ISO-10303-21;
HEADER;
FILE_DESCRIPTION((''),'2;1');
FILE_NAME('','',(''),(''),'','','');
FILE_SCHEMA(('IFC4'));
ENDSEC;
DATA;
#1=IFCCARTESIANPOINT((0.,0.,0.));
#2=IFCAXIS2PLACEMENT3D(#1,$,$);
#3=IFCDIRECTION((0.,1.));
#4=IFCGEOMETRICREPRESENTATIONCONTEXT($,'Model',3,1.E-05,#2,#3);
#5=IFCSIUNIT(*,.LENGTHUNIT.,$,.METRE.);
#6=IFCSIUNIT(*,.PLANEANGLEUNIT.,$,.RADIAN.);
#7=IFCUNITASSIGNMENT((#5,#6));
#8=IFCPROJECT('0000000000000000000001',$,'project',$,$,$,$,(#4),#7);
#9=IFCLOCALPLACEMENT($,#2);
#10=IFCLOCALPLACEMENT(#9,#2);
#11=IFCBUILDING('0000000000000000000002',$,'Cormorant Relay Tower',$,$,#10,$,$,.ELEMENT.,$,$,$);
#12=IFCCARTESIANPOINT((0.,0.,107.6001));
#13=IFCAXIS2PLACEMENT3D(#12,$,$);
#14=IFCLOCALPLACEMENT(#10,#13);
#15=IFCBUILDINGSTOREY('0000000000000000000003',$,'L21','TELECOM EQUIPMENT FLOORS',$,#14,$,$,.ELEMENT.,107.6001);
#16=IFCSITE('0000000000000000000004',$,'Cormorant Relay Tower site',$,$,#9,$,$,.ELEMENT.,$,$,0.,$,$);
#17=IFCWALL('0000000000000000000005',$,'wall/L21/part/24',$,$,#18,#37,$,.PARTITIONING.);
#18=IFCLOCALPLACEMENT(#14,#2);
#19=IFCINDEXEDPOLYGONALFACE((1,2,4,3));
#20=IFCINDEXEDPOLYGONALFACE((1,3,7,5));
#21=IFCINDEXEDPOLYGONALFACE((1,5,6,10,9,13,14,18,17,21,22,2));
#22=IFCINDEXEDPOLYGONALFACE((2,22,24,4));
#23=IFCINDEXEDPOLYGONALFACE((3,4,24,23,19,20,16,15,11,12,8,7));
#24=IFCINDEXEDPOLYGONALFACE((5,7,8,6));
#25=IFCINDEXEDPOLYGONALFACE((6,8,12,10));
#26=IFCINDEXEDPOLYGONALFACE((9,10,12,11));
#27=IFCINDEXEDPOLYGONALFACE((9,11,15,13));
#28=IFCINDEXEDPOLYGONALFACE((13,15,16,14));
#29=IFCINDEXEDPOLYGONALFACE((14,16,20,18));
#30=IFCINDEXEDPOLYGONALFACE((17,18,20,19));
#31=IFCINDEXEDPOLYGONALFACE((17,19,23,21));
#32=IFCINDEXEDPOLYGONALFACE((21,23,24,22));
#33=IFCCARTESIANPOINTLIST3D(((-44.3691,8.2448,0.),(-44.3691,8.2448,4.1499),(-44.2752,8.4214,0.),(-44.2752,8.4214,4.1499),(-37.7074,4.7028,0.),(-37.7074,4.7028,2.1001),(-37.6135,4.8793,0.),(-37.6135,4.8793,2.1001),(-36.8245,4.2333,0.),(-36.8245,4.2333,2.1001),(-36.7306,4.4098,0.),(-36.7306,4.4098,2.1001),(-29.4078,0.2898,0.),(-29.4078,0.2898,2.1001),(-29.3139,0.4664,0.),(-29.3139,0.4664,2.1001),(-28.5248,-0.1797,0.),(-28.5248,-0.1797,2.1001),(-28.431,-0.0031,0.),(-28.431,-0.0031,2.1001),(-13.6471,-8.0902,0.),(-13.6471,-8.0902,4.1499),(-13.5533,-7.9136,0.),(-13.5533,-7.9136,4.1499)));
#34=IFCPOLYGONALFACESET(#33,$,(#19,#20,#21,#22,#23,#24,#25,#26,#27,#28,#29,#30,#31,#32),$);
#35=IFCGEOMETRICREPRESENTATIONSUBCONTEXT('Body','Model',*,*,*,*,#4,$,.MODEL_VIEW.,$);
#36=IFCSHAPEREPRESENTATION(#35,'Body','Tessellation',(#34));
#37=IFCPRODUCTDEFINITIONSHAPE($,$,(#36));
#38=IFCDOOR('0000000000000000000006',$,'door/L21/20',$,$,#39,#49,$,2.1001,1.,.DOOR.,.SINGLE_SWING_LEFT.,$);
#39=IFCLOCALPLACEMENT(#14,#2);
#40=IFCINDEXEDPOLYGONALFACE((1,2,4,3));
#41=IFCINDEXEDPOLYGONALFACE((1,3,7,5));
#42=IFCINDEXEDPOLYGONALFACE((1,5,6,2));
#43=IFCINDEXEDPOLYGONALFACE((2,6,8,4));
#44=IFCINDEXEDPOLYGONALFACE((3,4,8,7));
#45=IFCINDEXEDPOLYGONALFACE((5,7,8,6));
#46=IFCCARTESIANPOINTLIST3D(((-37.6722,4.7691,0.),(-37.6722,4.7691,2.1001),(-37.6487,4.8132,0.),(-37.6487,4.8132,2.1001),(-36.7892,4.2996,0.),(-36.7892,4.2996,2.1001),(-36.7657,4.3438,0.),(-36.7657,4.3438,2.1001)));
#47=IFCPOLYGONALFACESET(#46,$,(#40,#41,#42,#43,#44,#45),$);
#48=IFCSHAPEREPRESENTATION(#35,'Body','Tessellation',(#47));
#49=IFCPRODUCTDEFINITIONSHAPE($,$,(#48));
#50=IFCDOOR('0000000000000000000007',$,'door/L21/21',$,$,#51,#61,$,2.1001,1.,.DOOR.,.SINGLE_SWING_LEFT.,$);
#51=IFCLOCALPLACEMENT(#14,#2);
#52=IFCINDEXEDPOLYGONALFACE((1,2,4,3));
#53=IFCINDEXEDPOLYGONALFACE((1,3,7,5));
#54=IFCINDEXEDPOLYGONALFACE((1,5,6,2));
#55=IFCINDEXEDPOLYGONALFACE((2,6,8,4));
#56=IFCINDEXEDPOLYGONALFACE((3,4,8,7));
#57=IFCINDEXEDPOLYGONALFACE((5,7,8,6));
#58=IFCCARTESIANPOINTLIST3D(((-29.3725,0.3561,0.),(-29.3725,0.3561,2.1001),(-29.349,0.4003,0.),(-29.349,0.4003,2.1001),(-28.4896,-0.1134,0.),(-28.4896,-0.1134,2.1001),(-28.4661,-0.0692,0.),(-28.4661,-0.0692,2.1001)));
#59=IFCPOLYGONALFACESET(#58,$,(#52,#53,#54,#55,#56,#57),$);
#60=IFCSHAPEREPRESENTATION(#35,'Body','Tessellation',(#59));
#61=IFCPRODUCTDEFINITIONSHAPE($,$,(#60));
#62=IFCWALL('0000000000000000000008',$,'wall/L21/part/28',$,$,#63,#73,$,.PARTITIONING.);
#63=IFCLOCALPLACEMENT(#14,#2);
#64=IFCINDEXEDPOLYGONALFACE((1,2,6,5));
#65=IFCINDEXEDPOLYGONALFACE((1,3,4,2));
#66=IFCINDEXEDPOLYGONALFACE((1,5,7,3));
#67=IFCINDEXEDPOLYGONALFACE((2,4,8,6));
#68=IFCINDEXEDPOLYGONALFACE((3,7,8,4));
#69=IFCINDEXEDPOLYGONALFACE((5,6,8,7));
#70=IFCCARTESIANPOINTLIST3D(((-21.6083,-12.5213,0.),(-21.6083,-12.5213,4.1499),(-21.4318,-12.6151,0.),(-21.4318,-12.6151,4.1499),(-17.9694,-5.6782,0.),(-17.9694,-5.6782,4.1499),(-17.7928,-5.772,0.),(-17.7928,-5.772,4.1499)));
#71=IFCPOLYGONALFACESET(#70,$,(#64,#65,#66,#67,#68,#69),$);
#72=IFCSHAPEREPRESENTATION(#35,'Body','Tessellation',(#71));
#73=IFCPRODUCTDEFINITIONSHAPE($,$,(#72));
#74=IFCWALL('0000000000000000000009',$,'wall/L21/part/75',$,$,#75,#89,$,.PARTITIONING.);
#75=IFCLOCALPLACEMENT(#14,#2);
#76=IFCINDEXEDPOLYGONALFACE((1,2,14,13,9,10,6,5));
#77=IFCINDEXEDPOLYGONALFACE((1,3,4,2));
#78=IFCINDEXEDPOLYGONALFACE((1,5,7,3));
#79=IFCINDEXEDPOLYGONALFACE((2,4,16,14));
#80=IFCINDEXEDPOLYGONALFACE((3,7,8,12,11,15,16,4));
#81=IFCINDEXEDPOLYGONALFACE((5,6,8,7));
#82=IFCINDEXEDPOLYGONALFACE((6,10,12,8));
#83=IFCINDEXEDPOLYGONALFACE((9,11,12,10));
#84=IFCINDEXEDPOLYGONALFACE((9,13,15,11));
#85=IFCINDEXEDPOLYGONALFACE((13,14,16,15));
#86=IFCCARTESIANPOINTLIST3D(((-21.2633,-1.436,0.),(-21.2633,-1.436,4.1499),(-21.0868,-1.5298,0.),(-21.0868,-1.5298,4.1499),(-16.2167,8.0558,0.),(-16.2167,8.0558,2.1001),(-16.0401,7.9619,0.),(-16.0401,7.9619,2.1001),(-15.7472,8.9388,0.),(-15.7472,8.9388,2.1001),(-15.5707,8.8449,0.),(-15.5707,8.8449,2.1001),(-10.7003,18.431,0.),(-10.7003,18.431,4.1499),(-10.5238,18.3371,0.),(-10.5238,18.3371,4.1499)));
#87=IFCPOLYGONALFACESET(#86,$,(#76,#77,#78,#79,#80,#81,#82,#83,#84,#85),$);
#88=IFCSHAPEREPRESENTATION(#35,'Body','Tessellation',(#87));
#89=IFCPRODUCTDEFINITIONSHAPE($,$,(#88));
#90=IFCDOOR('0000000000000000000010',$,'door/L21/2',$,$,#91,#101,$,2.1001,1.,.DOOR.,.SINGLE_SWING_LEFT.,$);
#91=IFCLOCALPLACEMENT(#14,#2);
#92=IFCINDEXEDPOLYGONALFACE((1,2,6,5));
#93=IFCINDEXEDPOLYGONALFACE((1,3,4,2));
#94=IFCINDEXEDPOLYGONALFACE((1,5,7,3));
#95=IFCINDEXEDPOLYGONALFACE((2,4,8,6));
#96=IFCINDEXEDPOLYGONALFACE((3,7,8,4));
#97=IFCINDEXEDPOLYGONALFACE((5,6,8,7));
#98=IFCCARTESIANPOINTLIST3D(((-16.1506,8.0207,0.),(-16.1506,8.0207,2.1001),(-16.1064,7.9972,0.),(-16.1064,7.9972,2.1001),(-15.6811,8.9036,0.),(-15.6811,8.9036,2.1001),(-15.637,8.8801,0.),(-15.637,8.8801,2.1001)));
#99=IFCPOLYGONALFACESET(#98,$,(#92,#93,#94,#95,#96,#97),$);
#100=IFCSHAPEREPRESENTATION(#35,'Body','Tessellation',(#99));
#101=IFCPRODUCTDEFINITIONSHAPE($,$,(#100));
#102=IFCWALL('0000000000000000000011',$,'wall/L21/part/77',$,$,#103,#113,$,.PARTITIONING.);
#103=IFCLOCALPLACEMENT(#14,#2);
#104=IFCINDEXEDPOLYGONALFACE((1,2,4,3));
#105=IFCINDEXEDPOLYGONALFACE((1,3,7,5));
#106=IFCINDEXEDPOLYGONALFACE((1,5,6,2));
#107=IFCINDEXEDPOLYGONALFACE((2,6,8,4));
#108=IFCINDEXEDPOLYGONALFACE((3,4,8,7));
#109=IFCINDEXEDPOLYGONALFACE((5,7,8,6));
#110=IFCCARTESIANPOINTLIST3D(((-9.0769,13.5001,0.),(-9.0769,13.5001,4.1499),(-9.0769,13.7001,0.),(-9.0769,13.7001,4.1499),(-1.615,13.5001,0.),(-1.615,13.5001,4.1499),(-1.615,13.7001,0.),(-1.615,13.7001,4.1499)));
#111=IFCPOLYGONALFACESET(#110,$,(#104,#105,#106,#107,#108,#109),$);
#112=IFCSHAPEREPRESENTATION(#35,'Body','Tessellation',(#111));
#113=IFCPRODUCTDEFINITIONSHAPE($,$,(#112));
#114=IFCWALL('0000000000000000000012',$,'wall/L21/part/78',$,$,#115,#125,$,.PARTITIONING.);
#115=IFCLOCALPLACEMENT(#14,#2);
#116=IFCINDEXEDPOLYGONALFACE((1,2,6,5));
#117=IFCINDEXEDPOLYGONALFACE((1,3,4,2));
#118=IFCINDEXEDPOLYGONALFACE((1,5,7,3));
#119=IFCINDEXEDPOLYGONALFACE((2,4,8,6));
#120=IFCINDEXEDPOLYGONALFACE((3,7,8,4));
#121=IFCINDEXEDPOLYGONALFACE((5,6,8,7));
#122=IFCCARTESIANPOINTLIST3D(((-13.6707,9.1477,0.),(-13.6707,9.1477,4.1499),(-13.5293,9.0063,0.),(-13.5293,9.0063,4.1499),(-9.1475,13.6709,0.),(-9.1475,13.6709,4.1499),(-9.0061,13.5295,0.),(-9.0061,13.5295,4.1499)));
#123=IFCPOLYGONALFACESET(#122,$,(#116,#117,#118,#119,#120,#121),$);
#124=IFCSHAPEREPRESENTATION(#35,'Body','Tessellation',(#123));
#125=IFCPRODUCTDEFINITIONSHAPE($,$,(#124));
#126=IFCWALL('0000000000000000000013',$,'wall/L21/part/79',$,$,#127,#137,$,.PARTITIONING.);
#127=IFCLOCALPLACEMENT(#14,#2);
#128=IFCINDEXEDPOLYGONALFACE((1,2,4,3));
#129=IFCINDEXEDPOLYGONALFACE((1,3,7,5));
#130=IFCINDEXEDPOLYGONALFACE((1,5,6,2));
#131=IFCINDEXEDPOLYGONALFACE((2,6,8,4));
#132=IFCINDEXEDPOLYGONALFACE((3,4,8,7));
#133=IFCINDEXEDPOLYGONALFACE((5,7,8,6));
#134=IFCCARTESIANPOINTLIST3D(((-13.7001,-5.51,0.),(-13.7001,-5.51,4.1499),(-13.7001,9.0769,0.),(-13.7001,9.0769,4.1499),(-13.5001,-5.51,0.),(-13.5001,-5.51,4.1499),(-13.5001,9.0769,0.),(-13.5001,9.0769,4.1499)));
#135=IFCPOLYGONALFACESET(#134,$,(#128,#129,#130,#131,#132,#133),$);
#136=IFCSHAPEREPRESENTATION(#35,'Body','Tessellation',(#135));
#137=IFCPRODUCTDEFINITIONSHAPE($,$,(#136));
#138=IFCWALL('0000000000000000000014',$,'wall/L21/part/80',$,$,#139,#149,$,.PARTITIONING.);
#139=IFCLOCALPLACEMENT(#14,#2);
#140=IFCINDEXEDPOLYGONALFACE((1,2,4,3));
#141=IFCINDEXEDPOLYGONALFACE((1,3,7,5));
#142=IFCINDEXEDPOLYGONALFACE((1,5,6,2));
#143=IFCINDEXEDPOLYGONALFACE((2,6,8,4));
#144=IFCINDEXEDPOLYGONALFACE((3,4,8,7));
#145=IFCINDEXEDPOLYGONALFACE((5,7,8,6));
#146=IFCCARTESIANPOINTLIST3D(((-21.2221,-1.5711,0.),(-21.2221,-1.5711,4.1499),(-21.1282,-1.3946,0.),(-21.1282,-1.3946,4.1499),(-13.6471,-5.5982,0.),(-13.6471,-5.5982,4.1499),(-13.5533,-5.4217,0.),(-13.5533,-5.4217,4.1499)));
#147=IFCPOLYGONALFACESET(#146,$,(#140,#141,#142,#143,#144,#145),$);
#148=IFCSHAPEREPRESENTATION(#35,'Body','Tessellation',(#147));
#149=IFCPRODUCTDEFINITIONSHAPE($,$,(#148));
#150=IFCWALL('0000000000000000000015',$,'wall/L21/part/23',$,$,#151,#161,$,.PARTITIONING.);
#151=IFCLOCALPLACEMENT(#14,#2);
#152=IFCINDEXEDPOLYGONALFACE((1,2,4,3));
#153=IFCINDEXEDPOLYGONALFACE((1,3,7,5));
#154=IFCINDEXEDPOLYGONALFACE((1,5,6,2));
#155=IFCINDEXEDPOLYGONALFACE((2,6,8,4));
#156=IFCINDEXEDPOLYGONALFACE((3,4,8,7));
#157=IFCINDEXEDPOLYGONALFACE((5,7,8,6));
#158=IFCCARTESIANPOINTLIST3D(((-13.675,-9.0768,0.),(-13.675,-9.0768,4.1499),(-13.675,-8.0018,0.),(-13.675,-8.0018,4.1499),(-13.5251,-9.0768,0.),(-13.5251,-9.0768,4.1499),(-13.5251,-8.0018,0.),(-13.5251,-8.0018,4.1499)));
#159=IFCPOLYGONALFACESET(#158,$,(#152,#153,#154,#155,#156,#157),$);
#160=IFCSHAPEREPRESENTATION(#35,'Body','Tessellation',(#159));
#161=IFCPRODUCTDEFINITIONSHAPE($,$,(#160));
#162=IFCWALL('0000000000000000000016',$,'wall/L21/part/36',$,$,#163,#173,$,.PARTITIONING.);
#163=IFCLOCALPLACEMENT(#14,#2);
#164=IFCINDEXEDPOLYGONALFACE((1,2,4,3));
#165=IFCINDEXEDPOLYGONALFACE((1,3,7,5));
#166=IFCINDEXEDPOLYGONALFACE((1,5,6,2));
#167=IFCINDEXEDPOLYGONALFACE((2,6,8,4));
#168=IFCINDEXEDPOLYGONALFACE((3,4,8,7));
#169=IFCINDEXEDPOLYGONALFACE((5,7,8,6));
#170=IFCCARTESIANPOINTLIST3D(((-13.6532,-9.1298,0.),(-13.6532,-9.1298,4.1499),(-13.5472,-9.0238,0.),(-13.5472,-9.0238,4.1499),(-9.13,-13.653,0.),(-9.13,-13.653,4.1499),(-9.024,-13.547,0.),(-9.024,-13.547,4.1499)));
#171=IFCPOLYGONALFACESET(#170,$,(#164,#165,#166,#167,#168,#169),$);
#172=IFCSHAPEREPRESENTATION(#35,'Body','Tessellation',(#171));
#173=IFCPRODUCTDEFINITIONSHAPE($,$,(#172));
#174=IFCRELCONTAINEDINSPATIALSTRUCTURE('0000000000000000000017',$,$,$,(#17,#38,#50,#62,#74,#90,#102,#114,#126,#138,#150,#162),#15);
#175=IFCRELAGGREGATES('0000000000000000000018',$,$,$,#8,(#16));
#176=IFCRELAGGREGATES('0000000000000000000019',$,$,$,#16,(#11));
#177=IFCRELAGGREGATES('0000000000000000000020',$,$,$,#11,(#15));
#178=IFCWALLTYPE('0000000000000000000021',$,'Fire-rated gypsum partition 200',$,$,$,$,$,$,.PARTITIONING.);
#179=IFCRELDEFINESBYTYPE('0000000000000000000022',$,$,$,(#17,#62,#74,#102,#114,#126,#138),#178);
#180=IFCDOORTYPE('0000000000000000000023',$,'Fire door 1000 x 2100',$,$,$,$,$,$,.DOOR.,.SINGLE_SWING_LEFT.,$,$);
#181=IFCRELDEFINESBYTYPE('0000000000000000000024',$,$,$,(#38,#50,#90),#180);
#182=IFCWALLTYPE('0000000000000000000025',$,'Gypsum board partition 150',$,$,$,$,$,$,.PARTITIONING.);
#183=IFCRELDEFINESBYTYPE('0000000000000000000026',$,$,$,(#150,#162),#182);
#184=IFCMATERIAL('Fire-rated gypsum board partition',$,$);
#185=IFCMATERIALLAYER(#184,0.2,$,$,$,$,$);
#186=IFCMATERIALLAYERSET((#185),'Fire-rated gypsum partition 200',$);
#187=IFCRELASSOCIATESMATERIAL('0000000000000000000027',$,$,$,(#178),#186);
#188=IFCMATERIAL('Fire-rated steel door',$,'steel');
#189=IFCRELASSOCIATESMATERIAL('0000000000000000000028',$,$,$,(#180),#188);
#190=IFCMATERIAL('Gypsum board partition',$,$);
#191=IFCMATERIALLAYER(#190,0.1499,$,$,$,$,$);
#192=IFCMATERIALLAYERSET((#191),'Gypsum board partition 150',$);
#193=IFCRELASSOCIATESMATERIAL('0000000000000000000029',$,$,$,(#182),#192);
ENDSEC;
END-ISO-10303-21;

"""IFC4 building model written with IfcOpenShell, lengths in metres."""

from ifc_helpers import new_model, si_unit, direction, frame, frame_2d, origin, place, context, subcontext, project, spatial, rectangle, extrude, material, layer, layer_set, type_object, element, fill, save


model = new_model("IFC4")

# Units and contexts
model_context = context("Model", 3, precision=1e-05, world=origin(), true_north=direction((0.0, 1.0)))
body_context = subcontext(model_context, "Body", "Model", "MODEL_VIEW")
ifc_project = project(units=[si_unit("LENGTHUNIT", "METRE"), si_unit("PLANEANGLEUNIT", "RADIAN")], contexts=[model_context])

# Site, building, storey
site_placement = place(None, origin())
site = spatial("IfcSite", under=ifc_project, at=site_placement, Name="Cormorant Relay Tower site", CompositionType="ELEMENT", RefElevation=0.0)
building_placement = place(site_placement, origin())
building = spatial("IfcBuilding", under=site, at=building_placement, Name="Cormorant Relay Tower", CompositionType="ELEMENT")
storey_placement = place(building_placement, frame((0.0, 0.0, 107.6001)))
storey = spatial("IfcBuildingStorey", under=building, at=storey_placement, Name="L21", Description="TELECOM EQUIPMENT FLOORS", CompositionType="ELEMENT", Elevation=107.6001)

# Wall, openings, doors
ifc_material_1 = material(Name="Fire-rated gypsum board partition")
ifc_layer_1 = layer(ifc_material_1, 0.2)
ifc_layer_set_1 = layer_set([ifc_layer_1], Name="Fire-rated gypsum partition 200")
wall_type_1 = type_object("IfcWallType", Name="Fire-rated gypsum partition 200", PredefinedType="PARTITIONING", material=ifc_layer_set_1)
wall_1_placement = place(storey_placement, frame((-13.6001, -8.002, 0.0), z_axis=(0.0, 0.0, 1.0), x_axis=(-0.88295, 0.469468, 0.0)))
wall_1 = element("IfcWall", 1, at=wall_1_placement, inside=storey, type_object=wall_type_1, Name="wall/L21/part/24", PredefinedType="PARTITIONING", context=body_context, shape_type="SweptSolid", body=[
    extrude(rectangle(XDim=34.7947, YDim=0.2, at=frame_2d((17.3975, 0.0))), origin(), (0.0, 0.0, 1.0), 4.1499),
])
opening_1_placement = place(wall_1_placement, frame((26.25, 0.0, 0.0)))
opening_1 = element("IfcOpeningElement", 2, at=opening_1_placement, cuts=wall_1, PredefinedType="OPENING", context=body_context, shape_type="SweptSolid", body=[
    extrude(rectangle(XDim=1.0, YDim=2.1001, at=frame_2d((0.5, 1.05))), frame((0.0, 0.1099, 0.0), z_axis=(0.0, -1.0, 0.0), x_axis=(1.0, 0.0, 0.0)), (0.0, 0.0, 1.0), 0.22),
])
opening_2_placement = place(wall_1_placement, frame((16.8501, 0.0, 0.0)))
opening_2 = element("IfcOpeningElement", 3, at=opening_2_placement, cuts=wall_1, PredefinedType="OPENING", context=body_context, shape_type="SweptSolid", body=[
    extrude(rectangle(XDim=1.0, YDim=2.1001, at=frame_2d((0.5, 1.05))), frame((0.0, 0.1099, 0.0), z_axis=(0.0, -1.0, 0.0), x_axis=(1.0, 0.0, 0.0)), (0.0, 0.0, 1.0), 0.22),
])
ifc_material_2 = material(Name="Fire-rated steel door", Category="steel")
door_type_1 = type_object("IfcDoorType", Name="Fire door 1000 x 2100", OperationType="SINGLE_SWING_LEFT", PredefinedType="DOOR", material=ifc_material_2)
door_1_placement = place(opening_1_placement, origin())
door_1 = element("IfcDoor", 4, at=door_1_placement, inside=storey, type_object=door_type_1, Name="door/L21/20", OperationType="SINGLE_SWING_LEFT", OverallHeight=2.1001, OverallWidth=1.0, PredefinedType="DOOR", context=body_context, shape_type="SweptSolid", body=[
    extrude(rectangle(XDim=1.0, YDim=2.1001, at=frame_2d((0.5, 1.05))), frame((0.0, 0.0249, 0.0), z_axis=(0.0, -1.0, 0.0), x_axis=(1.0, 0.0, 0.0)), (0.0, 0.0, 1.0), 0.05),
])
fill(opening_1, door_1)
door_2_placement = place(opening_2_placement, origin())
door_2 = element("IfcDoor", 5, at=door_2_placement, inside=storey, type_object=door_type_1, Name="door/L21/21", OperationType="SINGLE_SWING_LEFT", OverallHeight=2.1001, OverallWidth=1.0, PredefinedType="DOOR", context=body_context, shape_type="SweptSolid", body=[
    extrude(rectangle(XDim=1.0, YDim=2.1001, at=frame_2d((0.5, 1.05))), frame((0.0, 0.0249, 0.0), z_axis=(0.0, -1.0, 0.0), x_axis=(1.0, 0.0, 0.0)), (0.0, 0.0, 1.0), 0.05),
])
fill(opening_2, door_2)

# Wall
wall_2_placement = place(storey_placement, frame((-17.8811, -5.7251, 0.0), z_axis=(0.0, 0.0, 1.0), x_axis=(-0.469514, -0.882925, 0.0)))
element("IfcWall", 6, at=wall_2_placement, inside=storey, type_object=wall_type_1, Name="wall/L21/part/28", PredefinedType="PARTITIONING", context=body_context, shape_type="SweptSolid", body=[
    extrude(rectangle(XDim=7.7505, YDim=0.2, at=frame_2d((3.8752, 0.0))), origin(), (0.0, 0.0, 1.0), 4.1499),
])

# Wall, opening, door
wall_3_placement = place(storey_placement, frame((-21.175, -1.4829, 0.0), z_axis=(0.0, 0.0, 1.0), x_axis=(0.469456, 0.882956, 0.0)))
wall_3 = element("IfcWall", 7, at=wall_3_placement, inside=storey, type_object=wall_type_1, Name="wall/L21/part/75", PredefinedType="PARTITIONING", context=body_context, shape_type="SweptSolid", body=[
    extrude(rectangle(XDim=22.5005, YDim=0.2, at=frame_2d((11.2502, 0.0))), origin(), (0.0, 0.0, 1.0), 4.1499),
])
opening_3_placement = place(wall_3_placement, frame((10.75, 0.0, 0.0)))
opening_3 = element("IfcOpeningElement", 8, at=opening_3_placement, cuts=wall_3, PredefinedType="OPENING", context=body_context, shape_type="SweptSolid", body=[
    extrude(rectangle(XDim=1.0, YDim=2.1001, at=frame_2d((0.5, 1.05))), frame((0.0, 0.1099, 0.0), z_axis=(0.0, -1.0, 0.0), x_axis=(1.0, 0.0, 0.0)), (0.0, 0.0, 1.0), 0.22),
])
door_3_placement = place(opening_3_placement, frame((1.0, 0.0, 0.0), z_axis=(0.0, 0.0, 1.0), x_axis=(-1.0, 0.0, 0.0)))
door_3 = element("IfcDoor", 9, at=door_3_placement, inside=storey, type_object=door_type_1, Name="door/L21/2", OperationType="SINGLE_SWING_LEFT", OverallHeight=2.1001, OverallWidth=1.0, PredefinedType="DOOR", context=body_context, shape_type="SweptSolid", body=[
    extrude(rectangle(XDim=1.0, YDim=2.1001, at=frame_2d((0.5, 1.05))), frame((0.0, 0.0249, 0.0), z_axis=(0.0, -1.0, 0.0), x_axis=(1.0, 0.0, 0.0)), (0.0, 0.0, 1.0), 0.05),
])
fill(opening_3, door_3)

# Walls
wall_4_placement = place(storey_placement, frame((-1.615, 13.6001, 0.0), z_axis=(0.0, 0.0, 1.0), x_axis=(-1.0, 0.0, 0.0)))
element("IfcWall", 10, at=wall_4_placement, inside=storey, type_object=wall_type_1, Name="wall/L21/part/77", PredefinedType="PARTITIONING", context=body_context, shape_type="SweptSolid", body=[
    extrude(rectangle(XDim=7.4619, YDim=0.2, at=frame_2d((3.731, 0.0))), origin(), (0.0, 0.0, 1.0), 4.1499),
])
wall_5_placement = place(storey_placement, frame((-9.0769, 13.6001, 0.0), z_axis=(0.0, 0.0, 1.0), x_axis=(-0.707107, -0.707107, 0.0)))
element("IfcWall", 11, at=wall_5_placement, inside=storey, type_object=wall_type_1, Name="wall/L21/part/78", PredefinedType="PARTITIONING", context=body_context, shape_type="SweptSolid", body=[
    extrude(rectangle(XDim=6.3967, YDim=0.2, at=frame_2d((3.1982, 0.0))), origin(), (0.0, 0.0, 1.0), 4.1499),
])
wall_6_placement = place(storey_placement, frame((-13.6001, 9.0769, 0.0), z_axis=(0.0, 0.0, 1.0), x_axis=(0.0, -1.0, 0.0)))
element("IfcWall", 12, at=wall_6_placement, inside=storey, type_object=wall_type_1, Name="wall/L21/part/79", PredefinedType="PARTITIONING", context=body_context, shape_type="SweptSolid", body=[
    extrude(rectangle(XDim=14.5869, YDim=0.2, at=frame_2d((7.2935, 0.0))), origin(), (0.0, 0.0, 1.0), 4.1499),
])
wall_7_placement = place(storey_placement, frame((-13.6001, -5.51, 0.0), z_axis=(0.0, 0.0, 1.0), x_axis=(-0.882975, 0.469419, 0.0)))
element("IfcWall", 13, at=wall_7_placement, inside=storey, type_object=wall_type_1, Name="wall/L21/part/80", PredefinedType="PARTITIONING", context=body_context, shape_type="SweptSolid", body=[
    extrude(rectangle(XDim=8.5789, YDim=0.2, at=frame_2d((4.2896, 0.0))), origin(), (0.0, 0.0, 1.0), 4.1499),
])
ifc_material_3 = material(Name="Gypsum board partition")
ifc_layer_2 = layer(ifc_material_3, 0.1499)
ifc_layer_set_2 = layer_set([ifc_layer_2], Name="Gypsum board partition 150")
wall_type_2 = type_object("IfcWallType", Name="Gypsum board partition 150", PredefinedType="PARTITIONING", material=ifc_layer_set_2)
wall_8_placement = place(storey_placement, frame((-13.6001, -9.0769, 0.0), z_axis=(0.0, 0.0, 1.0), x_axis=(0.0, 1.0, 0.0)))
element("IfcWall", 14, at=wall_8_placement, inside=storey, type_object=wall_type_2, Name="wall/L21/part/23", PredefinedType="PARTITIONING", context=body_context, shape_type="SweptSolid", body=[
    extrude(rectangle(XDim=1.075, YDim=0.1499, at=frame_2d((0.5376, 0.0))), origin(), (0.0, 0.0, 1.0), 4.1499),
])
wall_9_placement = place(storey_placement, frame((-13.6001, -9.0769, 0.0), z_axis=(0.0, 0.0, 1.0), x_axis=(0.707107, -0.707107, 0.0)))
element("IfcWall", 15, at=wall_9_placement, inside=storey, type_object=wall_type_2, Name="wall/L21/part/36", PredefinedType="PARTITIONING", context=body_context, shape_type="SweptSolid", body=[
    extrude(rectangle(XDim=6.3967, YDim=0.1499, at=frame_2d((3.1982, 0.0))), origin(), (0.0, 0.0, 1.0), 4.1499),
])

save(model, "model.ifc")
